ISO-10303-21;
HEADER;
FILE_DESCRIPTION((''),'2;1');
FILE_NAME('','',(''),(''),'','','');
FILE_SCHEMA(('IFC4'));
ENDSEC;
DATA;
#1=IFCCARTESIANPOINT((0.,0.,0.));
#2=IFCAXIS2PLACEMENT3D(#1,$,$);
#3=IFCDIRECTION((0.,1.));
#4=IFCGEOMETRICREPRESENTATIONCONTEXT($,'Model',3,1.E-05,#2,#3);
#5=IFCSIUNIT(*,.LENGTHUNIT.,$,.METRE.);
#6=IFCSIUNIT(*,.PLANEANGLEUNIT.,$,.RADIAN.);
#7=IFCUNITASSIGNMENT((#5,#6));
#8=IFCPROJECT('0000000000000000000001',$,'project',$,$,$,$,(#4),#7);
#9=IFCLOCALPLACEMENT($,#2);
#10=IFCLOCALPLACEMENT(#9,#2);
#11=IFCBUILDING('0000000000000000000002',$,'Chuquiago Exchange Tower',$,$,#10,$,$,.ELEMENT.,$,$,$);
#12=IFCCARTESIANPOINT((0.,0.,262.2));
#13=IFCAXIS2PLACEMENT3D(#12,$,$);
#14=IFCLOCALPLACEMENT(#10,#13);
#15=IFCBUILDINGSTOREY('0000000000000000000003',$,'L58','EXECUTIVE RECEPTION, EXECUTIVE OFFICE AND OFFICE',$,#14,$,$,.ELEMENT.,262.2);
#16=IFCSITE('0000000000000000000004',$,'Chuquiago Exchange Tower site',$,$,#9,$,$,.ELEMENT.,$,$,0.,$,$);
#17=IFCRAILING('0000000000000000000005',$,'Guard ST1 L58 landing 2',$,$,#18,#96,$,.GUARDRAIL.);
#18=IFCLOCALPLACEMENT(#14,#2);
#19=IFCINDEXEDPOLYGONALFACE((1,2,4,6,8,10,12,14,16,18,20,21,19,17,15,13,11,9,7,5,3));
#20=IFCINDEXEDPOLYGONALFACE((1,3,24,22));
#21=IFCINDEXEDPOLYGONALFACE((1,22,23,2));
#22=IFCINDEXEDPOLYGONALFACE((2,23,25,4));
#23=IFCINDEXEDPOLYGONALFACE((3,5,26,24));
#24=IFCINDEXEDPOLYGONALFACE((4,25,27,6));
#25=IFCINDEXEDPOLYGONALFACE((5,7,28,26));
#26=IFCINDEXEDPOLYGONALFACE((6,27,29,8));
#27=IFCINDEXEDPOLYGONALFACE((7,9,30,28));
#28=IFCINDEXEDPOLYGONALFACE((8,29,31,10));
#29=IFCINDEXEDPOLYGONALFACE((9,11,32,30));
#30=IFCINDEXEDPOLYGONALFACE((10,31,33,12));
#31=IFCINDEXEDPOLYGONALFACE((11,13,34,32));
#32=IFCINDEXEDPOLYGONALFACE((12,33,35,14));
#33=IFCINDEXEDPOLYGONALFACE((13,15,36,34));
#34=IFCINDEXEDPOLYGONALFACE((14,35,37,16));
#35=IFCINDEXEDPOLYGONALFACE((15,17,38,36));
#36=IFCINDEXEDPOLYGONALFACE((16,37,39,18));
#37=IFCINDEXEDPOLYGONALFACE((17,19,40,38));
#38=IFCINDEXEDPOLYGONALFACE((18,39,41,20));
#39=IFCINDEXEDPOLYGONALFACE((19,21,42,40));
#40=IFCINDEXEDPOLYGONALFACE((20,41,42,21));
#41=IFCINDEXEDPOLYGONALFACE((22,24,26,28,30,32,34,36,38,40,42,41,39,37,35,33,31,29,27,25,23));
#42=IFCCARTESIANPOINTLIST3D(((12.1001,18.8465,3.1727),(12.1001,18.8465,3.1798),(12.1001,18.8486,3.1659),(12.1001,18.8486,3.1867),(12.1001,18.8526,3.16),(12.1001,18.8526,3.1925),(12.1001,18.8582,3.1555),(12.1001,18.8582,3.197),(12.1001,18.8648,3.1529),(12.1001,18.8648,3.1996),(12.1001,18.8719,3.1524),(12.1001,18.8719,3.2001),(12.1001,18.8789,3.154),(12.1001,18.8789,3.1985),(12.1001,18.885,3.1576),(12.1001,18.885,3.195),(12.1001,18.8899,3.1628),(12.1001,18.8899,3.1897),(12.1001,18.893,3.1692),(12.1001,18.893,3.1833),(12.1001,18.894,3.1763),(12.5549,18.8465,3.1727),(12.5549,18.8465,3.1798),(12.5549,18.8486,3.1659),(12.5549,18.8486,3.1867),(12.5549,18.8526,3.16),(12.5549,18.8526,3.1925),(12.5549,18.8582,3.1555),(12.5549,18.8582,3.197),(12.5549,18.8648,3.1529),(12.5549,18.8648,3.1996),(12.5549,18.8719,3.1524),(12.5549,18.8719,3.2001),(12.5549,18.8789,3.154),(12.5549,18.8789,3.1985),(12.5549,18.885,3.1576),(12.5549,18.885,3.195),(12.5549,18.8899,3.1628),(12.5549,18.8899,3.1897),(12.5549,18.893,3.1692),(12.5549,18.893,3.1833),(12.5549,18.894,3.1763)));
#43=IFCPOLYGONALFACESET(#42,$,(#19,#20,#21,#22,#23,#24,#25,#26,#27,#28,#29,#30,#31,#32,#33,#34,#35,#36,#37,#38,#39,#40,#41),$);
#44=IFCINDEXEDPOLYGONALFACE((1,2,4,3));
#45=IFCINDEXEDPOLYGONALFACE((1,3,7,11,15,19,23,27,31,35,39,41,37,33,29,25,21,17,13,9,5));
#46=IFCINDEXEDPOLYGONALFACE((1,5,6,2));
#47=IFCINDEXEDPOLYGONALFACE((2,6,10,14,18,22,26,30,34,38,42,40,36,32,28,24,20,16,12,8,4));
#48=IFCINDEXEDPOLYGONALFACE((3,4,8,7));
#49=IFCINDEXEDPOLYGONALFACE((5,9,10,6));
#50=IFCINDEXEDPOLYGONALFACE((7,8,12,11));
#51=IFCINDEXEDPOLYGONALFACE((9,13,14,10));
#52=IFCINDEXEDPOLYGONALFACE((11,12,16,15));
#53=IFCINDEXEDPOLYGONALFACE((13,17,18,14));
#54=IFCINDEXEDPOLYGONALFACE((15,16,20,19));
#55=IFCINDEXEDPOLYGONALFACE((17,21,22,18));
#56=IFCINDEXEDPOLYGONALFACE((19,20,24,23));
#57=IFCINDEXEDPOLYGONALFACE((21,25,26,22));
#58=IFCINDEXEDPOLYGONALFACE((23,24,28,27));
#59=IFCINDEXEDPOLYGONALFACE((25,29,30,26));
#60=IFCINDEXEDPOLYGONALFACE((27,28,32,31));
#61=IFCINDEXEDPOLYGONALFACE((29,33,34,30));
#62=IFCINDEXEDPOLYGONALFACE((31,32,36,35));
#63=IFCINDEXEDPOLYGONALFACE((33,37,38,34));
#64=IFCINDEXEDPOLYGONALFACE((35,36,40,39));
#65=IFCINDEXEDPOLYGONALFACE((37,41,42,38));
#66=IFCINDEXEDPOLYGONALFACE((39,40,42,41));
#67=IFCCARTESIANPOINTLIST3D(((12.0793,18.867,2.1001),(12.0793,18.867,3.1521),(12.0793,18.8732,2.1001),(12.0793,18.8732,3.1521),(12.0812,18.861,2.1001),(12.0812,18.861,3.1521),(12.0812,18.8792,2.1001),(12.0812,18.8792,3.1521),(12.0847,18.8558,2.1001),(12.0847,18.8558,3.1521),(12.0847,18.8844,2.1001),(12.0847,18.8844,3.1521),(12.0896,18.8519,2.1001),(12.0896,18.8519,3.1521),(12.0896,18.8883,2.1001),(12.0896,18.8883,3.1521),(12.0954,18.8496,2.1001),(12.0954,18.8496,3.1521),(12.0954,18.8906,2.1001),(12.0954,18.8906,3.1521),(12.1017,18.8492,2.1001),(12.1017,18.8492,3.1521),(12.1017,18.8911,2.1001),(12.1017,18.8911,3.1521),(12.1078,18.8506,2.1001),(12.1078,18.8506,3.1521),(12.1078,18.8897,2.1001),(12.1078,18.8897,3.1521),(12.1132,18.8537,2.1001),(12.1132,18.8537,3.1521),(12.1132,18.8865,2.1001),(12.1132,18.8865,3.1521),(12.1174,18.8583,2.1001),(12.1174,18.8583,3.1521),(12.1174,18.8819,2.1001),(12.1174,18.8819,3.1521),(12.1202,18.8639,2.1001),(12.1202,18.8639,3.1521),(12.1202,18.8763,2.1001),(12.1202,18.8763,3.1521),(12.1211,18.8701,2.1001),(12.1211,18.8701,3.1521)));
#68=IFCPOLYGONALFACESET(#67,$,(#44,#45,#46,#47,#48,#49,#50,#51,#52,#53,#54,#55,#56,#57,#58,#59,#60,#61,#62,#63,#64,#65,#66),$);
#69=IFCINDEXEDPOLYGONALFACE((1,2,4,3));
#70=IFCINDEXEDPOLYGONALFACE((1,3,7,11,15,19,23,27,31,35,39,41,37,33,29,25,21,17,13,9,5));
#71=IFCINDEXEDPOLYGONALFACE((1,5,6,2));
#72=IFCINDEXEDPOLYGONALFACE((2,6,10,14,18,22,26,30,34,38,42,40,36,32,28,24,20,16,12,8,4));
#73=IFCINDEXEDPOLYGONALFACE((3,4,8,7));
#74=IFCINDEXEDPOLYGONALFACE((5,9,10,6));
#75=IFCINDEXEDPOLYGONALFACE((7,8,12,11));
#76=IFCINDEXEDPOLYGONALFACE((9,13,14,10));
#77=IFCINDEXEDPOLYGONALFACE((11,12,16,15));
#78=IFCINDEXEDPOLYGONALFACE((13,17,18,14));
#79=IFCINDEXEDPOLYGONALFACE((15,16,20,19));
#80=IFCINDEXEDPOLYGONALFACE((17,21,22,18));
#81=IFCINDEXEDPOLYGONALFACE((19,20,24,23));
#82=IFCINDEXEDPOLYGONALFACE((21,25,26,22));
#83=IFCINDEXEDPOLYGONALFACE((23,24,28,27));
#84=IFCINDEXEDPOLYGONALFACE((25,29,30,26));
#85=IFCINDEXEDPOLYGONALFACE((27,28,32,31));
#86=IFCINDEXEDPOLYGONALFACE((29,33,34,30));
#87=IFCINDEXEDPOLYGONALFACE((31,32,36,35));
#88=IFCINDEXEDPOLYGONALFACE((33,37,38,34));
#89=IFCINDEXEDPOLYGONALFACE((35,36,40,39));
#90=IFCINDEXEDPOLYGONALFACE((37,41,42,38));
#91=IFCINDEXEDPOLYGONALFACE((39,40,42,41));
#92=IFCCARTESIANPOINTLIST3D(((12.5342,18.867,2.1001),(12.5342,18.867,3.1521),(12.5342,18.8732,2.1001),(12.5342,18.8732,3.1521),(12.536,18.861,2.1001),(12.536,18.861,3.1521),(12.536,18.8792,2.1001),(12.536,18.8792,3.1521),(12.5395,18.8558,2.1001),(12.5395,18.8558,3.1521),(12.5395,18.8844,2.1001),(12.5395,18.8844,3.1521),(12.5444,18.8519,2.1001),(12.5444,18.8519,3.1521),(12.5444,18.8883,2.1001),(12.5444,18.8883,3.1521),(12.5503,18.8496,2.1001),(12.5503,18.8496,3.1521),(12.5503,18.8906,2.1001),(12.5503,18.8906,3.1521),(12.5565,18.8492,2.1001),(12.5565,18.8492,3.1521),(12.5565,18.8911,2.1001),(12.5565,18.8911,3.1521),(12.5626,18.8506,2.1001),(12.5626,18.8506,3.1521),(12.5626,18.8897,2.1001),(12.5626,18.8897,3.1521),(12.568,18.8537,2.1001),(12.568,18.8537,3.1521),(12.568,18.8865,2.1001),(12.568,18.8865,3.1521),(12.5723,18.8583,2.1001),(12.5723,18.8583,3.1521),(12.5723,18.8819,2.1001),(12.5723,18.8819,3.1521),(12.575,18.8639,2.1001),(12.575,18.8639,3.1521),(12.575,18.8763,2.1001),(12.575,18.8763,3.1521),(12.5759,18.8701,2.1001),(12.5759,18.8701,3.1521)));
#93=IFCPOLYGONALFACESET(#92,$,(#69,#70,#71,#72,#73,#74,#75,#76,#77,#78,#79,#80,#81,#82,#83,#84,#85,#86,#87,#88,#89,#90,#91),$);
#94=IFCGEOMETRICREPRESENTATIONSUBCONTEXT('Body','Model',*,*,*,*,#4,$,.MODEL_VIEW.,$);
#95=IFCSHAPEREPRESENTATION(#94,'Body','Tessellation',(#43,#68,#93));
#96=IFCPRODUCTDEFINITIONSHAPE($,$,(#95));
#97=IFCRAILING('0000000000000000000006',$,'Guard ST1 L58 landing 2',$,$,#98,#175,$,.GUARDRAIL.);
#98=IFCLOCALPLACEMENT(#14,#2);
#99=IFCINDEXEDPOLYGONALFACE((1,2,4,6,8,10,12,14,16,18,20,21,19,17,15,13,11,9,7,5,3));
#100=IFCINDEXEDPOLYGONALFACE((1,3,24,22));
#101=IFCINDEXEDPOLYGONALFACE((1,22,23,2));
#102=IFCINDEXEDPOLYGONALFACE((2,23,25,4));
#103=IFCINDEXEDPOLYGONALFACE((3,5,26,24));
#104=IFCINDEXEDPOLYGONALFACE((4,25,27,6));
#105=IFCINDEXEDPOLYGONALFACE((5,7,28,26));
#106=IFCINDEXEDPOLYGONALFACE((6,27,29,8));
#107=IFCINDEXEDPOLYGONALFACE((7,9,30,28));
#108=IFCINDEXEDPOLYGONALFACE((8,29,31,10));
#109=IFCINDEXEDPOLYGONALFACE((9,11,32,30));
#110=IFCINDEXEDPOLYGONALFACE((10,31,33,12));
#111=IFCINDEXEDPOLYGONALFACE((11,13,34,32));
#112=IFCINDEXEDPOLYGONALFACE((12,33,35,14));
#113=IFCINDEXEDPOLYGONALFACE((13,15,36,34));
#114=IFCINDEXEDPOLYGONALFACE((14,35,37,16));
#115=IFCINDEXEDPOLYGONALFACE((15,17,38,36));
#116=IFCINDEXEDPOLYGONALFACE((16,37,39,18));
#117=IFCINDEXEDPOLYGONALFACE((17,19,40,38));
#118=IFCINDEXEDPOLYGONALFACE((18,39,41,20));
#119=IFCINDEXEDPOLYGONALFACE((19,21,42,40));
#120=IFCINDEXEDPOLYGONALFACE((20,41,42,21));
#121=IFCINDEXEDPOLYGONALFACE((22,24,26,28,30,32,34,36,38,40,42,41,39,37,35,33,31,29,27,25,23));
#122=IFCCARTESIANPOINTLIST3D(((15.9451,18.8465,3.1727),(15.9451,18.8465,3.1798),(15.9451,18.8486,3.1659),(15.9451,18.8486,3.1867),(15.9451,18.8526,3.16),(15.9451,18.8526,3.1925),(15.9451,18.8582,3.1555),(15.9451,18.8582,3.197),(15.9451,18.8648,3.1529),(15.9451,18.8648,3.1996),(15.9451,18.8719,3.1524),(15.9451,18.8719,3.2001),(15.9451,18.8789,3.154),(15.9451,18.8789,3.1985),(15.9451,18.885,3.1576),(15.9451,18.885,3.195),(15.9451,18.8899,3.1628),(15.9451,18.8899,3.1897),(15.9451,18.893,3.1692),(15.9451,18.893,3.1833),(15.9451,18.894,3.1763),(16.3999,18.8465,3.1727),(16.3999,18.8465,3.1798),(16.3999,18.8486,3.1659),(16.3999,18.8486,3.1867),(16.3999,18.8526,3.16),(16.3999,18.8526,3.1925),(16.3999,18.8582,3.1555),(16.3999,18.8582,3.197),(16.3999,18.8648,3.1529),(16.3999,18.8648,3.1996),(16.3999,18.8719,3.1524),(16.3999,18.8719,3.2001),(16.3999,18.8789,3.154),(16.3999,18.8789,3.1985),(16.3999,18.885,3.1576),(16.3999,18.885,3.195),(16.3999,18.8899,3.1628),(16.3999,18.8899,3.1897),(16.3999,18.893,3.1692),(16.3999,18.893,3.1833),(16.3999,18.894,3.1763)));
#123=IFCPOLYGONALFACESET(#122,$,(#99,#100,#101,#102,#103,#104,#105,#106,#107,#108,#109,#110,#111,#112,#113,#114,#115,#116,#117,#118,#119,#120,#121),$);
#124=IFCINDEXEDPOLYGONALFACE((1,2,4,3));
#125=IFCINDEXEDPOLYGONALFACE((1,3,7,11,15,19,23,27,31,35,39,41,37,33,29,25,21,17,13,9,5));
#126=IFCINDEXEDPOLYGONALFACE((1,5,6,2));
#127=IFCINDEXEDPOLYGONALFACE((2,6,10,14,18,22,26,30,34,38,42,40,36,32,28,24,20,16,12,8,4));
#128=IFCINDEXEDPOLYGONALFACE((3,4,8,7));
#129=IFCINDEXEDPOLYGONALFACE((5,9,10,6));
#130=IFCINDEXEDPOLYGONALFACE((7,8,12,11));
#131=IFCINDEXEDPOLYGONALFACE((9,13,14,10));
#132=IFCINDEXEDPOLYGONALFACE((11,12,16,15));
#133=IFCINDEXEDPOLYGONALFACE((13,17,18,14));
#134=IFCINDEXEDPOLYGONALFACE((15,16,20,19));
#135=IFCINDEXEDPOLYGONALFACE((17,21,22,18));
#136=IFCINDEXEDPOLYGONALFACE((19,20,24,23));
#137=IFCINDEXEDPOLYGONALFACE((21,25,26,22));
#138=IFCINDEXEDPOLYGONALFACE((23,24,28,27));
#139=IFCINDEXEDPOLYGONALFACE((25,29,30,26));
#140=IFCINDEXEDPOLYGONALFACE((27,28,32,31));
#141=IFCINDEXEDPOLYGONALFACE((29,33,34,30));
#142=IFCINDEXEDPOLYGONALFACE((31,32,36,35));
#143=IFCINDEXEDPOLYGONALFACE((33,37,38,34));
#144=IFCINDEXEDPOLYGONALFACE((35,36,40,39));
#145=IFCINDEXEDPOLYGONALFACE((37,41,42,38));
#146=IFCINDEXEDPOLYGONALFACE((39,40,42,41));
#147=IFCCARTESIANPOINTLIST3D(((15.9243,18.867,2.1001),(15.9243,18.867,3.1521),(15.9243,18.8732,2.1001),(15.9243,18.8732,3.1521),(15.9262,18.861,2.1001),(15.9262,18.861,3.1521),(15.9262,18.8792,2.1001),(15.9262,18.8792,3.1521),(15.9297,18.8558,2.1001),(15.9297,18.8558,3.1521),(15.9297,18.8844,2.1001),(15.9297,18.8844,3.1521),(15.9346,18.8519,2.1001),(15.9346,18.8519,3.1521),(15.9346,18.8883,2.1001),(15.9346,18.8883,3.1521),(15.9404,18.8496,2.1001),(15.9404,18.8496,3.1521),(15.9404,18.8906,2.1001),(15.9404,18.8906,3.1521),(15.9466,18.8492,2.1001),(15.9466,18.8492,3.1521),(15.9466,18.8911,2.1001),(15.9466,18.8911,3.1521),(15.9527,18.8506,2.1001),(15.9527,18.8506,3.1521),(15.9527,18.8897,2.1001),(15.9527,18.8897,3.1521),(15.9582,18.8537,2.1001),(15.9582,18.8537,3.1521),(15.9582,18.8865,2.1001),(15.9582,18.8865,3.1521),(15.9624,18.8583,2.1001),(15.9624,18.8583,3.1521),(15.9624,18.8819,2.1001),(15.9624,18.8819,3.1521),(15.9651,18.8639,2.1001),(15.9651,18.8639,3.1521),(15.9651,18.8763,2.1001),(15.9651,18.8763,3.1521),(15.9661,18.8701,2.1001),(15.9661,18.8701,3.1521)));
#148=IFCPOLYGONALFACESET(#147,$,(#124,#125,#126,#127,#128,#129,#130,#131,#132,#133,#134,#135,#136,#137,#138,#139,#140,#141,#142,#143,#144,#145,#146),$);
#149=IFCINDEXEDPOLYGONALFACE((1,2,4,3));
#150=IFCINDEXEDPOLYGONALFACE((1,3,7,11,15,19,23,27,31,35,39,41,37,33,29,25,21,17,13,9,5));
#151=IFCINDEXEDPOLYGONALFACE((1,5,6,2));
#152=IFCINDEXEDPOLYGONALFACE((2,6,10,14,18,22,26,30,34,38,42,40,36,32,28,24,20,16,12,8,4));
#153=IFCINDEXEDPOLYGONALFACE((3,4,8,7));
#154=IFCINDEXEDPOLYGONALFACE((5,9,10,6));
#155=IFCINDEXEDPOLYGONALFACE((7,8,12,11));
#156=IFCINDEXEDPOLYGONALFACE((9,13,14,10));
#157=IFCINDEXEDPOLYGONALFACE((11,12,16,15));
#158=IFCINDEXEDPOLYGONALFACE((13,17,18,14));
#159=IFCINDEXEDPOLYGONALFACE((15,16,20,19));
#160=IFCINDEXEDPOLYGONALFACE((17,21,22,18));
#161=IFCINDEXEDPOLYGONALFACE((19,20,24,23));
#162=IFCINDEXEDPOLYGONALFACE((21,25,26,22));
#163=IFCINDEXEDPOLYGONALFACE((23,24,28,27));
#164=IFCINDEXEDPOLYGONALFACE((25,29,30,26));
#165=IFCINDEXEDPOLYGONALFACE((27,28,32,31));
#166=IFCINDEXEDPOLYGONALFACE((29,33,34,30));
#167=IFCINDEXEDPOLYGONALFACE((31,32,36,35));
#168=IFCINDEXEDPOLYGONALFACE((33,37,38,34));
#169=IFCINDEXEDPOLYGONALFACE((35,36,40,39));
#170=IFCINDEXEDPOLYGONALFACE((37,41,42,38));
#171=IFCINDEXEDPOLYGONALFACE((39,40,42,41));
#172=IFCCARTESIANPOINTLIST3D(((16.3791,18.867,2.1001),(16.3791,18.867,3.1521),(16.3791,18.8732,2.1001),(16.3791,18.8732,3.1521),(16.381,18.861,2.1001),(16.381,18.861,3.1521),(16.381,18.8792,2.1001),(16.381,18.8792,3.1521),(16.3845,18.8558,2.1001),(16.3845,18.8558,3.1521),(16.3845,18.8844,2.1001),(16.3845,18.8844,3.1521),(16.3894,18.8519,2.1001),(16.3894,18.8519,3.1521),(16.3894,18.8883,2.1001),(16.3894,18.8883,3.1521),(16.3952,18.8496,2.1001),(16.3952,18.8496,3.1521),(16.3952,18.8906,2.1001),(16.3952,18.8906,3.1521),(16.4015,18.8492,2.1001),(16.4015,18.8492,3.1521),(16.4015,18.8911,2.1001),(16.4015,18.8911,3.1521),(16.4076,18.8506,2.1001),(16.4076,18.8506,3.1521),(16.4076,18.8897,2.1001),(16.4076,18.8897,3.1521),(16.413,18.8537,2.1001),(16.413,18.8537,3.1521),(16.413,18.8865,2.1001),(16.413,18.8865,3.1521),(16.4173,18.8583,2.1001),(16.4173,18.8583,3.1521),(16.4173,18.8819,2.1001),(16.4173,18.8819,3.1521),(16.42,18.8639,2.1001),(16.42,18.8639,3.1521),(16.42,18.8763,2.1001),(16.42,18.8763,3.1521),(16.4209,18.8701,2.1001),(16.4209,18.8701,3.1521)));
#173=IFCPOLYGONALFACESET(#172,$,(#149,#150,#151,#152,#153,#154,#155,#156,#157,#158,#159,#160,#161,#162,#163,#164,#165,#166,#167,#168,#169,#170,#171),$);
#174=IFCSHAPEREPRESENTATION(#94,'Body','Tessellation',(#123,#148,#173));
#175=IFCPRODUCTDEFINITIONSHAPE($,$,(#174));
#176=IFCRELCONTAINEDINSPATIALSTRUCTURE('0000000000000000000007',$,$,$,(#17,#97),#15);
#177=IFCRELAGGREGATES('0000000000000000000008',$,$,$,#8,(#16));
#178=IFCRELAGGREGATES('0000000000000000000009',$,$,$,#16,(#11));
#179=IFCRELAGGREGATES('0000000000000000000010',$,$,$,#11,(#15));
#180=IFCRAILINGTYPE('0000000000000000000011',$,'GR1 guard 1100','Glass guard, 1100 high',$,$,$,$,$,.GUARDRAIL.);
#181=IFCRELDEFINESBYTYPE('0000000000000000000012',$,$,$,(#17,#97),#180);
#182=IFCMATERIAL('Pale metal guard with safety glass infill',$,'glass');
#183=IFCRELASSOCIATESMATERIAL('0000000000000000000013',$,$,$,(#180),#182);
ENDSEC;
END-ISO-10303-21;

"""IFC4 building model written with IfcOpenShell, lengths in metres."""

from ifc_helpers import new_model, si_unit, direction, frame, origin, origin_2d, place, context, subcontext, project, spatial, circle, extrude, material, type_object, element, save


model = new_model("IFC4")

# Units and contexts
model_context = context("Model", 3, precision=1e-05, world=origin(), true_north=direction((0.0, 1.0)))
body_context = subcontext(model_context, "Body", "Model", "MODEL_VIEW")
ifc_project = project(units=[si_unit("LENGTHUNIT", "METRE"), si_unit("PLANEANGLEUNIT", "RADIAN")], contexts=[model_context])

# Site, building, storey
site_placement = place(None, origin())
site = spatial("IfcSite", under=ifc_project, at=site_placement, Name="Chuquiago Exchange Tower site", CompositionType="ELEMENT", RefElevation=0.0)
building_placement = place(site_placement, origin())
building = spatial("IfcBuilding", under=site, at=building_placement, Name="Chuquiago Exchange Tower", CompositionType="ELEMENT")
storey_placement = place(building_placement, frame((0.0, 0.0, 262.2)))
storey = spatial("IfcBuildingStorey", under=building, at=storey_placement, Name="L58", Description="EXECUTIVE RECEPTION, EXECUTIVE OFFICE AND OFFICE", CompositionType="ELEMENT", Elevation=262.2)

# Railings
ifc_material_1 = material(Name="Pale metal guard with safety glass infill", Category="glass")
railing_type_1 = type_object("IfcRailingType", Name="GR1 guard 1100", Description="Glass guard, 1100 high", PredefinedType="GUARDRAIL", material=ifc_material_1)
for number, where, name in (
    (1, (12.1001, 18.8701, 2.1001), "Guard ST1 L58 landing 2"),
    (2, (15.9451, 18.8701, 2.1001), "Guard ST1 L58 landing 2"),
):
    element("IfcRailing", number, at=place(storey_placement, frame(where)), inside=storey, type_object=railing_type_1, Name=name, PredefinedType="GUARDRAIL", context=body_context, shape_type="SweptSolid", body=[
        extrude(circle(Radius=0.0239, at=origin_2d()), frame((0.0, 0.0, 1.0762), z_axis=(1.0, 0.0, 0.0), x_axis=(0.0, 1.0, 0.0)), (0.0, 0.0, 1.0), 0.4548),
        extrude(circle(Radius=0.021, at=origin_2d()), origin(), (0.0, 0.0, 1.0), 1.052),
        extrude(circle(Radius=0.021, at=origin_2d()), frame((0.4548, 0.0, 0.0)), (0.0, 0.0, 1.0), 1.052),
    ])

save(model, "model.ifc")
